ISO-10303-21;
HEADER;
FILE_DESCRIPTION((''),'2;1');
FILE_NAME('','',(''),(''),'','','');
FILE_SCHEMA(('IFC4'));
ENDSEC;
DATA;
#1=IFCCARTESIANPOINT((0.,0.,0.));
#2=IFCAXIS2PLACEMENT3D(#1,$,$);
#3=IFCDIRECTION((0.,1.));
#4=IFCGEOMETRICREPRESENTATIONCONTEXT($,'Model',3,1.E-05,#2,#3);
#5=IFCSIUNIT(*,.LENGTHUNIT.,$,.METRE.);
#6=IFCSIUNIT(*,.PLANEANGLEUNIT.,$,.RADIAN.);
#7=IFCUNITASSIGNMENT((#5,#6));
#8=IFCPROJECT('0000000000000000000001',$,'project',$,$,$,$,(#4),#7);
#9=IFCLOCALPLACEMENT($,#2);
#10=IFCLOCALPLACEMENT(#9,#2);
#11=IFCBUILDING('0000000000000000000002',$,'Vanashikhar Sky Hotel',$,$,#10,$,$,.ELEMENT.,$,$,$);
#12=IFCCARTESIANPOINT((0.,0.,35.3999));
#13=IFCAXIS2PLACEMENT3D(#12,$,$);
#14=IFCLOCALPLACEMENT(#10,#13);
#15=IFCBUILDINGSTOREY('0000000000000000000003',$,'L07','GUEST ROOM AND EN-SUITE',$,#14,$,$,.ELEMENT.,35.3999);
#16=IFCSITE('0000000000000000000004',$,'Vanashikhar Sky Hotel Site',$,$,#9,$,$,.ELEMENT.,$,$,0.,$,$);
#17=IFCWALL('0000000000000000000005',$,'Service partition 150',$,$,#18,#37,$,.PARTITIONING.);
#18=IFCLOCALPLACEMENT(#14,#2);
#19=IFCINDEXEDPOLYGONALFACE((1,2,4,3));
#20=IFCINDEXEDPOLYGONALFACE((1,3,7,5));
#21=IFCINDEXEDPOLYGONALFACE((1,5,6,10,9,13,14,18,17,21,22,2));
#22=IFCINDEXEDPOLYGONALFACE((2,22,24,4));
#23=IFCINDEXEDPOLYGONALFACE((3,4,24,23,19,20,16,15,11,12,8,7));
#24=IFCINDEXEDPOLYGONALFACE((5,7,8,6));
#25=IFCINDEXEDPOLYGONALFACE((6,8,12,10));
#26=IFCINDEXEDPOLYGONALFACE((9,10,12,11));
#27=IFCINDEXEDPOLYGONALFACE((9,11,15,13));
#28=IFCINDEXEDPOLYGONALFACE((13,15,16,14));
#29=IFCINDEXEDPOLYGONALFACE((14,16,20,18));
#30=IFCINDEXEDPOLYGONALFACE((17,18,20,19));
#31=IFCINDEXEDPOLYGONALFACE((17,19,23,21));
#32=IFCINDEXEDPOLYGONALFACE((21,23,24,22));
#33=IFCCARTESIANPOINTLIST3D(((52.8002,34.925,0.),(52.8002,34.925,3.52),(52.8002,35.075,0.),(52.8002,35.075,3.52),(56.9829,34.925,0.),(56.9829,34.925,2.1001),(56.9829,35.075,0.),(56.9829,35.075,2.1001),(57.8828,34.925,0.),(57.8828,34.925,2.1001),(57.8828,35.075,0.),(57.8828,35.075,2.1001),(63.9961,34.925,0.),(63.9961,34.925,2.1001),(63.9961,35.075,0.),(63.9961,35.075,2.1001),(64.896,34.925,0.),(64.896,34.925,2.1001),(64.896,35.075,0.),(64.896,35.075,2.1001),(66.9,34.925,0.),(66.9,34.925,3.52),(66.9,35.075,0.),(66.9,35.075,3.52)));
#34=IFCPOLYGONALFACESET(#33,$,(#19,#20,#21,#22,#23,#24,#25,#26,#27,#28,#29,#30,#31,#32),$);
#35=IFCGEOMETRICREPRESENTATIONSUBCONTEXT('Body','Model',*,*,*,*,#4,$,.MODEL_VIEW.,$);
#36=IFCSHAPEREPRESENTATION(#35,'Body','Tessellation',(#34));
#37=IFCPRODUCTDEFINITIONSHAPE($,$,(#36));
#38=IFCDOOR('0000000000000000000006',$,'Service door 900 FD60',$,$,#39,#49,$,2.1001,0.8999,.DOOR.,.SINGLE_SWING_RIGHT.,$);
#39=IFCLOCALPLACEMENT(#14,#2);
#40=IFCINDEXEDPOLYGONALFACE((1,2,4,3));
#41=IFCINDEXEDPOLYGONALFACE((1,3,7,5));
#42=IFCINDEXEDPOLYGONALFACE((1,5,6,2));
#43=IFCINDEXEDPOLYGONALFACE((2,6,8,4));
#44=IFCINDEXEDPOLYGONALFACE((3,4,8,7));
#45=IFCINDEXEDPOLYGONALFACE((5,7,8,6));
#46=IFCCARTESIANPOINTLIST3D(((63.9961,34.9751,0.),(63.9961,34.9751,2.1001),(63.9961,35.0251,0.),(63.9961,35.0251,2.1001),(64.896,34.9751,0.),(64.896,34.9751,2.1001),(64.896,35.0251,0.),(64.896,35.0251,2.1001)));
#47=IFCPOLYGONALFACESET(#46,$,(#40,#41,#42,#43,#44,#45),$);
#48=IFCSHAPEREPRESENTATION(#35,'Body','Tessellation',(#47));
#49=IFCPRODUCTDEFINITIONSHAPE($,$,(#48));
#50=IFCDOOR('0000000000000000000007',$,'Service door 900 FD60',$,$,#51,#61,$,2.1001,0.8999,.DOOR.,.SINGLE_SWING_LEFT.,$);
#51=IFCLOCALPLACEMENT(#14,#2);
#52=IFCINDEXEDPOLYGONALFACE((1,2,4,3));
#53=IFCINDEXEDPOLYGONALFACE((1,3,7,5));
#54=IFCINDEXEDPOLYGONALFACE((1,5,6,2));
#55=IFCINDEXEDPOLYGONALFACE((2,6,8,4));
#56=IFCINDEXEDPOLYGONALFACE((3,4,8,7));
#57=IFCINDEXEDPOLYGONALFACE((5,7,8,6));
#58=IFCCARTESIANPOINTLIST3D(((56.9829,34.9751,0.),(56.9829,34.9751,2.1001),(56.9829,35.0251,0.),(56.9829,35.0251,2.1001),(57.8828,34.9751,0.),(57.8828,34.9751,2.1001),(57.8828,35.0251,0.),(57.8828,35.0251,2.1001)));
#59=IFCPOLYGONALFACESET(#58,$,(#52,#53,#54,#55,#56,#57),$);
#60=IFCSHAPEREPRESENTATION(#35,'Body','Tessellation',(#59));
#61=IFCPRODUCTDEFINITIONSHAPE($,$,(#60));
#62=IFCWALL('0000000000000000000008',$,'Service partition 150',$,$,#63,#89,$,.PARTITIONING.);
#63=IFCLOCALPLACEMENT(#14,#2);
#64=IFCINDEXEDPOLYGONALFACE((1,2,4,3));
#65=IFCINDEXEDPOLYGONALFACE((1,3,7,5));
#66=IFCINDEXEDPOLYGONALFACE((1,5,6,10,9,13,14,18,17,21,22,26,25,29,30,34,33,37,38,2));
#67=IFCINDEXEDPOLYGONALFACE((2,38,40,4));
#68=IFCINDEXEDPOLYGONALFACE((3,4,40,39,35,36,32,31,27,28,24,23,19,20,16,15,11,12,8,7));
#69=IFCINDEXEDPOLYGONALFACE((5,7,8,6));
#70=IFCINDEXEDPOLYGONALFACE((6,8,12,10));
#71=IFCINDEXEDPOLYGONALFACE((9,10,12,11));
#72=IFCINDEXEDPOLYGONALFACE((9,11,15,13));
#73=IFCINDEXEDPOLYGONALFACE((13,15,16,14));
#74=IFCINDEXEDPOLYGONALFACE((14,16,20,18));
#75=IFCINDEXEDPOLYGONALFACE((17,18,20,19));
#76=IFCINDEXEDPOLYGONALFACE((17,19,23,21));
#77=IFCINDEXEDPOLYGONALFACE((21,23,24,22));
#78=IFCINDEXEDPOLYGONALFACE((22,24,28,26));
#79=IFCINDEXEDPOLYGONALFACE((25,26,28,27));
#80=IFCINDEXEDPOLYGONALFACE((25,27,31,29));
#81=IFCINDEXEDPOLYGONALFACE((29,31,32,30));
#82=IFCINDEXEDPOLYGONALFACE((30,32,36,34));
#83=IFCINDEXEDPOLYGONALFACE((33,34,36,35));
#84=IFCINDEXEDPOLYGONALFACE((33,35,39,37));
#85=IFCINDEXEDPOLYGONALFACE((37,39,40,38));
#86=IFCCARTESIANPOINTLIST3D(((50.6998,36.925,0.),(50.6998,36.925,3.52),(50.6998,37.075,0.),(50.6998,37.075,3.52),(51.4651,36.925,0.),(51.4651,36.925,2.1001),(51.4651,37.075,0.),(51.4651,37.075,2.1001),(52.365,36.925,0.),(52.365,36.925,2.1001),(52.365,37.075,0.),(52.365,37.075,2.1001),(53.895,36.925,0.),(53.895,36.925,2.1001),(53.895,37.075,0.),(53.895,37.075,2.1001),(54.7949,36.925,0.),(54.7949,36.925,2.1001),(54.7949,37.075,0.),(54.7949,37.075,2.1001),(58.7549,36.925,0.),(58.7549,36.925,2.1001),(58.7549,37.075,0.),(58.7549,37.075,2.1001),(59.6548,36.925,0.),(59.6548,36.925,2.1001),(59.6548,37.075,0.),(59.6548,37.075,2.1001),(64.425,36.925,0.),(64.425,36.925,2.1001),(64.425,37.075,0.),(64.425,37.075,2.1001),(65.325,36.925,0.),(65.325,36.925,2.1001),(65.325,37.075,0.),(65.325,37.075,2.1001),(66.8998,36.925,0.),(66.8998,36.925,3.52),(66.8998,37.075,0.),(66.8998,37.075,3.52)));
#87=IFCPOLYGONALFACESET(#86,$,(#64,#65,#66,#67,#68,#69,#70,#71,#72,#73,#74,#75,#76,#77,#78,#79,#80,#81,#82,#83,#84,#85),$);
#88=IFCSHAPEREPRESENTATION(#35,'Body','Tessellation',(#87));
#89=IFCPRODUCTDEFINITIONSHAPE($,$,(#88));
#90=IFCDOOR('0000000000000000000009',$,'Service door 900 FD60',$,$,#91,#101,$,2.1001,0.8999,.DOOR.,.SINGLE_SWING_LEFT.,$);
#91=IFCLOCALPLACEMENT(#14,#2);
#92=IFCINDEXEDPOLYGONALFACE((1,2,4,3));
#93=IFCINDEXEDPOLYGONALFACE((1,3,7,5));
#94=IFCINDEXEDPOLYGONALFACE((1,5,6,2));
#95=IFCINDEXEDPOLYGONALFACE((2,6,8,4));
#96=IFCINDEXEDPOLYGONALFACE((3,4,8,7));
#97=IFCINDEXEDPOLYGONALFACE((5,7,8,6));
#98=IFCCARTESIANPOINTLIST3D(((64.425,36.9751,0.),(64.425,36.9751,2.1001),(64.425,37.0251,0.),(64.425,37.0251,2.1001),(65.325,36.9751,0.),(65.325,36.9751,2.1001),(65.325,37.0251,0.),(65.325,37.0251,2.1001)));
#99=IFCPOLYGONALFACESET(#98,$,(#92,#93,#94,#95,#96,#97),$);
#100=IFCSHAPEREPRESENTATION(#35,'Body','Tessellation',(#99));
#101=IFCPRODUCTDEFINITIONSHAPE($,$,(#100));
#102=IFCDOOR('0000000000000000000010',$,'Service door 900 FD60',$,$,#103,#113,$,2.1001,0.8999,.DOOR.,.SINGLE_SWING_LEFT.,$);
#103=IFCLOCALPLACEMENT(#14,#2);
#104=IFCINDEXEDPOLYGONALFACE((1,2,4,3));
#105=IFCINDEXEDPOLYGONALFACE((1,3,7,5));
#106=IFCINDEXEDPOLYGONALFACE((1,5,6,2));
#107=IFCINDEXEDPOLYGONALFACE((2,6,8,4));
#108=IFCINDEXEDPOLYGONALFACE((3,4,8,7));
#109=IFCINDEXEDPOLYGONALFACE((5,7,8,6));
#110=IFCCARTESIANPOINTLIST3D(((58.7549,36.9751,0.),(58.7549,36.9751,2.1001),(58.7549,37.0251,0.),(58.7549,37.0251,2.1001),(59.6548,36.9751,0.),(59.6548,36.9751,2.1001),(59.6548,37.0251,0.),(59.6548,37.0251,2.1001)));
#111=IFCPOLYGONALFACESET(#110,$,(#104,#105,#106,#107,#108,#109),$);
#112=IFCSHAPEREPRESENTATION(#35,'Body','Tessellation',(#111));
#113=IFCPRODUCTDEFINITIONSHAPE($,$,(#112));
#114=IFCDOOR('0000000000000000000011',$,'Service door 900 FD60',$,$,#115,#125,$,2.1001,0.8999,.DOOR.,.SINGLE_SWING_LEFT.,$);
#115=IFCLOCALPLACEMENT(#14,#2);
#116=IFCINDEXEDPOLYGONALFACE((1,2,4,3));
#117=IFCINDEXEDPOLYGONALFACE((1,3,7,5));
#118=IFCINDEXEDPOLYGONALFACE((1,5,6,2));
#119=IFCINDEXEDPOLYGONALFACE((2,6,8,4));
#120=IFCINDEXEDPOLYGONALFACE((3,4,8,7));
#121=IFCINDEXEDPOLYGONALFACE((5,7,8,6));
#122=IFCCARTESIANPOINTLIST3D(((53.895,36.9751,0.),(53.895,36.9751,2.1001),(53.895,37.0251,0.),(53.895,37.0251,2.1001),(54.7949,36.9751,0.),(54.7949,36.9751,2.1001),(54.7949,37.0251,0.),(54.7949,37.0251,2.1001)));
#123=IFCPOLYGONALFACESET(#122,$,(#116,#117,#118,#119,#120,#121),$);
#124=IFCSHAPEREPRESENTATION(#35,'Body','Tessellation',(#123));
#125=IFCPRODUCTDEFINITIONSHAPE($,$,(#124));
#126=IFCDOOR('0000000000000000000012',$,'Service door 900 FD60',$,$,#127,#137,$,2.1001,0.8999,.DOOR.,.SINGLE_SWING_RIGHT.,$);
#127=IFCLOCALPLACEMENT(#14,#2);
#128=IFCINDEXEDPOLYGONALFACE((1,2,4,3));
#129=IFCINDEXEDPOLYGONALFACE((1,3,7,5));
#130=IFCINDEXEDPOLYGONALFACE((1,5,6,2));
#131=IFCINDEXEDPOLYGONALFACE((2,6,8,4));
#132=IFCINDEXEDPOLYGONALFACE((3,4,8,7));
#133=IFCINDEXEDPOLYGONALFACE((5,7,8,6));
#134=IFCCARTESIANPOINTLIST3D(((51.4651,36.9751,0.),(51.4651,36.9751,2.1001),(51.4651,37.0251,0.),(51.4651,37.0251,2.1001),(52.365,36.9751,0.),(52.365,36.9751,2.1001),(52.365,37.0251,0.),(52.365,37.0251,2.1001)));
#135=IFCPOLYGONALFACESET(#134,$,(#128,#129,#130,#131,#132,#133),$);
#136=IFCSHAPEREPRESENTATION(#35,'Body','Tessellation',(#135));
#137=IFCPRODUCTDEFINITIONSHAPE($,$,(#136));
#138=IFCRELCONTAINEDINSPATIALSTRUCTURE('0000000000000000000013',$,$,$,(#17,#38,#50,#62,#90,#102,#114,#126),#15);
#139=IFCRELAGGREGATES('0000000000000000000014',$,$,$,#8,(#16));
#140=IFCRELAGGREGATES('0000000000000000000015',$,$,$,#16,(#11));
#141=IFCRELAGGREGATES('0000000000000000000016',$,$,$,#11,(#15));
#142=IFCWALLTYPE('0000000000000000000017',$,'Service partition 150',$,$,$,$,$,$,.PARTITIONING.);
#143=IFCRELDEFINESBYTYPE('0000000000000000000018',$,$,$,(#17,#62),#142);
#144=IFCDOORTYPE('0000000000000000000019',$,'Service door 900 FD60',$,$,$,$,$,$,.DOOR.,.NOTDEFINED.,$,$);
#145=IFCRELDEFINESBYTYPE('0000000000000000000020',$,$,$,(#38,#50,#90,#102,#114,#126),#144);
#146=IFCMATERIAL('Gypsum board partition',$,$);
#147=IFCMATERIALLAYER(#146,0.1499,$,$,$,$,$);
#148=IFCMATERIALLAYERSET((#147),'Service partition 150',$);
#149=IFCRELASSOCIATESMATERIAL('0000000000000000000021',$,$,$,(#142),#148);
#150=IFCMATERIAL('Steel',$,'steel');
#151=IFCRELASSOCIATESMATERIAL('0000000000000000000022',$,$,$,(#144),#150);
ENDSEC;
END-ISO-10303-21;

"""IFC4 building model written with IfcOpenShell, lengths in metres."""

from ifc_helpers import new_model, si_unit, direction, frame, frame_2d, origin, place, context, subcontext, project, spatial, rectangle, extrude, source, transform, mapped, material, layer, layer_set, type_object, element, fill, save


model = new_model("IFC4")

# Units and contexts
model_context = context("Model", 3, precision=1e-05, world=origin(), true_north=direction((0.0, 1.0)))
body_context = subcontext(model_context, "Body", "Model", "MODEL_VIEW")
ifc_project = project(units=[si_unit("LENGTHUNIT", "METRE"), si_unit("PLANEANGLEUNIT", "RADIAN")], contexts=[model_context])

# Site, building, storey
site_placement = place(None, origin())
site = spatial("IfcSite", under=ifc_project, at=site_placement, Name="Vanashikhar Sky Hotel Site", CompositionType="ELEMENT", RefElevation=0.0)
building_placement = place(site_placement, origin())
building = spatial("IfcBuilding", under=site, at=building_placement, Name="Vanashikhar Sky Hotel", CompositionType="ELEMENT")
storey_placement = place(building_placement, frame((0.0, 0.0, 35.3999)))
storey = spatial("IfcBuildingStorey", under=building, at=storey_placement, Name="L07", Description="GUEST ROOM AND EN-SUITE", CompositionType="ELEMENT", Elevation=35.3999)

# Shared definitions
ifc_material_1 = material(Name="Steel", Category="steel")

# Shared definitions
ifc_material_2 = material(Name="Gypsum board partition")
ifc_layer_1 = layer(ifc_material_2, 0.1499)
ifc_layer_set_1 = layer_set([ifc_layer_1], Name="Service partition 150")
wall_type_1 = type_object("IfcWallType", Name="Service partition 150", PredefinedType="PARTITIONING", material=ifc_layer_set_1)

# Walls, openings, doors
shared_shape_1 = source(origin(), body_context, "Body", "SweptSolid", [
    extrude(rectangle(XDim=14.0999, YDim=0.1499, at=frame_2d((7.0498, 0.0))), origin(), (0.0, 0.0, 1.0), 3.52),
])
wall_1_placement = place(storey_placement, frame((66.8999, 35.0, 0.0), z_axis=(0.0, 0.0, 1.0), x_axis=(-1.0, 0.0, 0.0)))
wall_1 = element("IfcWall", 1, at=wall_1_placement, inside=storey, type_object=wall_type_1, Name="Service partition 150", PredefinedType="PARTITIONING", context=body_context, shape_type="MappedRepresentation", body=[
    mapped(shared_shape_1, transform((0.0, 0.0, 0.0), scale=1.0)),
])
shared_shape_2 = source(origin(), body_context, "Body", "SweptSolid", [
    extrude(rectangle(XDim=0.8999, YDim=2.1001, at=frame_2d((0.45, 1.05))), frame((0.0, 0.085, 0.0), z_axis=(0.0, -1.0, 0.0), x_axis=(1.0, 0.0, 0.0)), (0.0, 0.0, 1.0), 0.1699),
])
opening_1_placement = place(wall_1_placement, frame((2.0039, 0.0, 0.0)))
opening_1 = element("IfcOpeningElement", 2, at=opening_1_placement, cuts=wall_1, PredefinedType="OPENING", context=body_context, shape_type="MappedRepresentation", body=[
    mapped(shared_shape_2, transform((0.0, 0.0, 0.0), scale=1.0)),
])
opening_2_placement = place(wall_1_placement, frame((9.0171, 0.0, 0.0)))
opening_2 = element("IfcOpeningElement", 3, at=opening_2_placement, cuts=wall_1, PredefinedType="OPENING", context=body_context, shape_type="MappedRepresentation", body=[
    mapped(shared_shape_2, transform((0.0, 0.0, 0.0), scale=1.0)),
])
door_type_1 = type_object("IfcDoorType", Name="Service door 900 FD60", OperationType="NOTDEFINED", PredefinedType="DOOR", material=ifc_material_1)
shared_shape_3 = source(origin(), body_context, "Body", "SweptSolid", [
    extrude(rectangle(XDim=0.8999, YDim=2.1001, at=frame_2d((0.45, 1.05))), frame((0.0, 0.0249, 0.0), z_axis=(0.0, -1.0, 0.0), x_axis=(1.0, 0.0, 0.0)), (0.0, 0.0, 1.0), 0.05),
])
door_1_placement = place(opening_1_placement, origin())
door_1 = element("IfcDoor", 4, at=door_1_placement, inside=storey, type_object=door_type_1, Name="Service door 900 FD60", OperationType="SINGLE_SWING_RIGHT", OverallHeight=2.1001, OverallWidth=0.8999, PredefinedType="DOOR", context=body_context, shape_type="MappedRepresentation", body=[
    mapped(shared_shape_3, transform((0.0, 0.0, 0.0), scale=1.0)),
])
fill(opening_1, door_1)
door_2_placement = place(opening_2_placement, origin())
door_2 = element("IfcDoor", 5, at=door_2_placement, inside=storey, type_object=door_type_1, Name="Service door 900 FD60", OperationType="SINGLE_SWING_LEFT", OverallHeight=2.1001, OverallWidth=0.8999, PredefinedType="DOOR", context=body_context, shape_type="MappedRepresentation", body=[
    mapped(shared_shape_3, transform((0.0, 0.0, 0.0), scale=1.0)),
])
fill(opening_2, door_2)
shared_shape_4 = source(origin(), body_context, "Body", "SweptSolid", [
    extrude(rectangle(XDim=16.2, YDim=0.1499, at=frame_2d((8.1001, 0.0))), origin(), (0.0, 0.0, 1.0), 3.52),
])
wall_2_placement = place(storey_placement, frame((66.8999, 37.0, 0.0), z_axis=(0.0, 0.0, 1.0), x_axis=(-1.0, 0.0, 0.0)))
wall_2 = element("IfcWall", 6, at=wall_2_placement, inside=storey, type_object=wall_type_1, Name="Service partition 150", PredefinedType="PARTITIONING", context=body_context, shape_type="MappedRepresentation", body=[
    mapped(shared_shape_4, transform((0.0, 0.0, 0.0), scale=1.0)),
])
opening_3_placement = place(wall_2_placement, frame((1.575, 0.0, 0.0)))
opening_3 = element("IfcOpeningElement", 7, at=opening_3_placement, cuts=wall_2, PredefinedType="OPENING", context=body_context, shape_type="MappedRepresentation", body=[
    mapped(shared_shape_2, transform((0.0, 0.0, 0.0), scale=1.0)),
])
opening_4_placement = place(wall_2_placement, frame((7.2451, 0.0, 0.0)))
opening_4 = element("IfcOpeningElement", 8, at=opening_4_placement, cuts=wall_2, PredefinedType="OPENING", context=body_context, shape_type="MappedRepresentation", body=[
    mapped(shared_shape_2, transform((0.0, 0.0, 0.0), scale=1.0)),
])
opening_5_placement = place(wall_2_placement, frame((12.105, 0.0, 0.0)))
opening_5 = element("IfcOpeningElement", 9, at=opening_5_placement, cuts=wall_2, PredefinedType="OPENING", context=body_context, shape_type="MappedRepresentation", body=[
    mapped(shared_shape_2, transform((0.0, 0.0, 0.0), scale=1.0)),
])
opening_6_placement = place(wall_2_placement, frame((14.5349, 0.0, 0.0)))
opening_6 = element("IfcOpeningElement", 10, at=opening_6_placement, cuts=wall_2, PredefinedType="OPENING", context=body_context, shape_type="MappedRepresentation", body=[
    mapped(shared_shape_2, transform((0.0, 0.0, 0.0), scale=1.0)),
])
door_3_placement = place(opening_3_placement, origin())
door_3 = element("IfcDoor", 11, at=door_3_placement, inside=storey, type_object=door_type_1, Name="Service door 900 FD60", OperationType="SINGLE_SWING_LEFT", OverallHeight=2.1001, OverallWidth=0.8999, PredefinedType="DOOR", context=body_context, shape_type="MappedRepresentation", body=[
    mapped(shared_shape_3, transform((0.0, 0.0, 0.0), scale=1.0)),
])
fill(opening_3, door_3)
door_4_placement = place(opening_4_placement, origin())
door_4 = element("IfcDoor", 12, at=door_4_placement, inside=storey, type_object=door_type_1, Name="Service door 900 FD60", OperationType="SINGLE_SWING_LEFT", OverallHeight=2.1001, OverallWidth=0.8999, PredefinedType="DOOR", context=body_context, shape_type="MappedRepresentation", body=[
    mapped(shared_shape_3, transform((0.0, 0.0, 0.0), scale=1.0)),
])
fill(opening_4, door_4)
door_5_placement = place(opening_5_placement, origin())
door_5 = element("IfcDoor", 13, at=door_5_placement, inside=storey, type_object=door_type_1, Name="Service door 900 FD60", OperationType="SINGLE_SWING_LEFT", OverallHeight=2.1001, OverallWidth=0.8999, PredefinedType="DOOR", context=body_context, shape_type="MappedRepresentation", body=[
    mapped(shared_shape_3, transform((0.0, 0.0, 0.0), scale=1.0)),
])
fill(opening_5, door_5)
door_6_placement = place(opening_6_placement, origin())
door_6 = element("IfcDoor", 14, at=door_6_placement, inside=storey, type_object=door_type_1, Name="Service door 900 FD60", OperationType="SINGLE_SWING_RIGHT", OverallHeight=2.1001, OverallWidth=0.8999, PredefinedType="DOOR", context=body_context, shape_type="MappedRepresentation", body=[
    mapped(shared_shape_3, transform((0.0, 0.0, 0.0), scale=1.0)),
])
fill(opening_6, door_6)

save(model, "model.ifc")
